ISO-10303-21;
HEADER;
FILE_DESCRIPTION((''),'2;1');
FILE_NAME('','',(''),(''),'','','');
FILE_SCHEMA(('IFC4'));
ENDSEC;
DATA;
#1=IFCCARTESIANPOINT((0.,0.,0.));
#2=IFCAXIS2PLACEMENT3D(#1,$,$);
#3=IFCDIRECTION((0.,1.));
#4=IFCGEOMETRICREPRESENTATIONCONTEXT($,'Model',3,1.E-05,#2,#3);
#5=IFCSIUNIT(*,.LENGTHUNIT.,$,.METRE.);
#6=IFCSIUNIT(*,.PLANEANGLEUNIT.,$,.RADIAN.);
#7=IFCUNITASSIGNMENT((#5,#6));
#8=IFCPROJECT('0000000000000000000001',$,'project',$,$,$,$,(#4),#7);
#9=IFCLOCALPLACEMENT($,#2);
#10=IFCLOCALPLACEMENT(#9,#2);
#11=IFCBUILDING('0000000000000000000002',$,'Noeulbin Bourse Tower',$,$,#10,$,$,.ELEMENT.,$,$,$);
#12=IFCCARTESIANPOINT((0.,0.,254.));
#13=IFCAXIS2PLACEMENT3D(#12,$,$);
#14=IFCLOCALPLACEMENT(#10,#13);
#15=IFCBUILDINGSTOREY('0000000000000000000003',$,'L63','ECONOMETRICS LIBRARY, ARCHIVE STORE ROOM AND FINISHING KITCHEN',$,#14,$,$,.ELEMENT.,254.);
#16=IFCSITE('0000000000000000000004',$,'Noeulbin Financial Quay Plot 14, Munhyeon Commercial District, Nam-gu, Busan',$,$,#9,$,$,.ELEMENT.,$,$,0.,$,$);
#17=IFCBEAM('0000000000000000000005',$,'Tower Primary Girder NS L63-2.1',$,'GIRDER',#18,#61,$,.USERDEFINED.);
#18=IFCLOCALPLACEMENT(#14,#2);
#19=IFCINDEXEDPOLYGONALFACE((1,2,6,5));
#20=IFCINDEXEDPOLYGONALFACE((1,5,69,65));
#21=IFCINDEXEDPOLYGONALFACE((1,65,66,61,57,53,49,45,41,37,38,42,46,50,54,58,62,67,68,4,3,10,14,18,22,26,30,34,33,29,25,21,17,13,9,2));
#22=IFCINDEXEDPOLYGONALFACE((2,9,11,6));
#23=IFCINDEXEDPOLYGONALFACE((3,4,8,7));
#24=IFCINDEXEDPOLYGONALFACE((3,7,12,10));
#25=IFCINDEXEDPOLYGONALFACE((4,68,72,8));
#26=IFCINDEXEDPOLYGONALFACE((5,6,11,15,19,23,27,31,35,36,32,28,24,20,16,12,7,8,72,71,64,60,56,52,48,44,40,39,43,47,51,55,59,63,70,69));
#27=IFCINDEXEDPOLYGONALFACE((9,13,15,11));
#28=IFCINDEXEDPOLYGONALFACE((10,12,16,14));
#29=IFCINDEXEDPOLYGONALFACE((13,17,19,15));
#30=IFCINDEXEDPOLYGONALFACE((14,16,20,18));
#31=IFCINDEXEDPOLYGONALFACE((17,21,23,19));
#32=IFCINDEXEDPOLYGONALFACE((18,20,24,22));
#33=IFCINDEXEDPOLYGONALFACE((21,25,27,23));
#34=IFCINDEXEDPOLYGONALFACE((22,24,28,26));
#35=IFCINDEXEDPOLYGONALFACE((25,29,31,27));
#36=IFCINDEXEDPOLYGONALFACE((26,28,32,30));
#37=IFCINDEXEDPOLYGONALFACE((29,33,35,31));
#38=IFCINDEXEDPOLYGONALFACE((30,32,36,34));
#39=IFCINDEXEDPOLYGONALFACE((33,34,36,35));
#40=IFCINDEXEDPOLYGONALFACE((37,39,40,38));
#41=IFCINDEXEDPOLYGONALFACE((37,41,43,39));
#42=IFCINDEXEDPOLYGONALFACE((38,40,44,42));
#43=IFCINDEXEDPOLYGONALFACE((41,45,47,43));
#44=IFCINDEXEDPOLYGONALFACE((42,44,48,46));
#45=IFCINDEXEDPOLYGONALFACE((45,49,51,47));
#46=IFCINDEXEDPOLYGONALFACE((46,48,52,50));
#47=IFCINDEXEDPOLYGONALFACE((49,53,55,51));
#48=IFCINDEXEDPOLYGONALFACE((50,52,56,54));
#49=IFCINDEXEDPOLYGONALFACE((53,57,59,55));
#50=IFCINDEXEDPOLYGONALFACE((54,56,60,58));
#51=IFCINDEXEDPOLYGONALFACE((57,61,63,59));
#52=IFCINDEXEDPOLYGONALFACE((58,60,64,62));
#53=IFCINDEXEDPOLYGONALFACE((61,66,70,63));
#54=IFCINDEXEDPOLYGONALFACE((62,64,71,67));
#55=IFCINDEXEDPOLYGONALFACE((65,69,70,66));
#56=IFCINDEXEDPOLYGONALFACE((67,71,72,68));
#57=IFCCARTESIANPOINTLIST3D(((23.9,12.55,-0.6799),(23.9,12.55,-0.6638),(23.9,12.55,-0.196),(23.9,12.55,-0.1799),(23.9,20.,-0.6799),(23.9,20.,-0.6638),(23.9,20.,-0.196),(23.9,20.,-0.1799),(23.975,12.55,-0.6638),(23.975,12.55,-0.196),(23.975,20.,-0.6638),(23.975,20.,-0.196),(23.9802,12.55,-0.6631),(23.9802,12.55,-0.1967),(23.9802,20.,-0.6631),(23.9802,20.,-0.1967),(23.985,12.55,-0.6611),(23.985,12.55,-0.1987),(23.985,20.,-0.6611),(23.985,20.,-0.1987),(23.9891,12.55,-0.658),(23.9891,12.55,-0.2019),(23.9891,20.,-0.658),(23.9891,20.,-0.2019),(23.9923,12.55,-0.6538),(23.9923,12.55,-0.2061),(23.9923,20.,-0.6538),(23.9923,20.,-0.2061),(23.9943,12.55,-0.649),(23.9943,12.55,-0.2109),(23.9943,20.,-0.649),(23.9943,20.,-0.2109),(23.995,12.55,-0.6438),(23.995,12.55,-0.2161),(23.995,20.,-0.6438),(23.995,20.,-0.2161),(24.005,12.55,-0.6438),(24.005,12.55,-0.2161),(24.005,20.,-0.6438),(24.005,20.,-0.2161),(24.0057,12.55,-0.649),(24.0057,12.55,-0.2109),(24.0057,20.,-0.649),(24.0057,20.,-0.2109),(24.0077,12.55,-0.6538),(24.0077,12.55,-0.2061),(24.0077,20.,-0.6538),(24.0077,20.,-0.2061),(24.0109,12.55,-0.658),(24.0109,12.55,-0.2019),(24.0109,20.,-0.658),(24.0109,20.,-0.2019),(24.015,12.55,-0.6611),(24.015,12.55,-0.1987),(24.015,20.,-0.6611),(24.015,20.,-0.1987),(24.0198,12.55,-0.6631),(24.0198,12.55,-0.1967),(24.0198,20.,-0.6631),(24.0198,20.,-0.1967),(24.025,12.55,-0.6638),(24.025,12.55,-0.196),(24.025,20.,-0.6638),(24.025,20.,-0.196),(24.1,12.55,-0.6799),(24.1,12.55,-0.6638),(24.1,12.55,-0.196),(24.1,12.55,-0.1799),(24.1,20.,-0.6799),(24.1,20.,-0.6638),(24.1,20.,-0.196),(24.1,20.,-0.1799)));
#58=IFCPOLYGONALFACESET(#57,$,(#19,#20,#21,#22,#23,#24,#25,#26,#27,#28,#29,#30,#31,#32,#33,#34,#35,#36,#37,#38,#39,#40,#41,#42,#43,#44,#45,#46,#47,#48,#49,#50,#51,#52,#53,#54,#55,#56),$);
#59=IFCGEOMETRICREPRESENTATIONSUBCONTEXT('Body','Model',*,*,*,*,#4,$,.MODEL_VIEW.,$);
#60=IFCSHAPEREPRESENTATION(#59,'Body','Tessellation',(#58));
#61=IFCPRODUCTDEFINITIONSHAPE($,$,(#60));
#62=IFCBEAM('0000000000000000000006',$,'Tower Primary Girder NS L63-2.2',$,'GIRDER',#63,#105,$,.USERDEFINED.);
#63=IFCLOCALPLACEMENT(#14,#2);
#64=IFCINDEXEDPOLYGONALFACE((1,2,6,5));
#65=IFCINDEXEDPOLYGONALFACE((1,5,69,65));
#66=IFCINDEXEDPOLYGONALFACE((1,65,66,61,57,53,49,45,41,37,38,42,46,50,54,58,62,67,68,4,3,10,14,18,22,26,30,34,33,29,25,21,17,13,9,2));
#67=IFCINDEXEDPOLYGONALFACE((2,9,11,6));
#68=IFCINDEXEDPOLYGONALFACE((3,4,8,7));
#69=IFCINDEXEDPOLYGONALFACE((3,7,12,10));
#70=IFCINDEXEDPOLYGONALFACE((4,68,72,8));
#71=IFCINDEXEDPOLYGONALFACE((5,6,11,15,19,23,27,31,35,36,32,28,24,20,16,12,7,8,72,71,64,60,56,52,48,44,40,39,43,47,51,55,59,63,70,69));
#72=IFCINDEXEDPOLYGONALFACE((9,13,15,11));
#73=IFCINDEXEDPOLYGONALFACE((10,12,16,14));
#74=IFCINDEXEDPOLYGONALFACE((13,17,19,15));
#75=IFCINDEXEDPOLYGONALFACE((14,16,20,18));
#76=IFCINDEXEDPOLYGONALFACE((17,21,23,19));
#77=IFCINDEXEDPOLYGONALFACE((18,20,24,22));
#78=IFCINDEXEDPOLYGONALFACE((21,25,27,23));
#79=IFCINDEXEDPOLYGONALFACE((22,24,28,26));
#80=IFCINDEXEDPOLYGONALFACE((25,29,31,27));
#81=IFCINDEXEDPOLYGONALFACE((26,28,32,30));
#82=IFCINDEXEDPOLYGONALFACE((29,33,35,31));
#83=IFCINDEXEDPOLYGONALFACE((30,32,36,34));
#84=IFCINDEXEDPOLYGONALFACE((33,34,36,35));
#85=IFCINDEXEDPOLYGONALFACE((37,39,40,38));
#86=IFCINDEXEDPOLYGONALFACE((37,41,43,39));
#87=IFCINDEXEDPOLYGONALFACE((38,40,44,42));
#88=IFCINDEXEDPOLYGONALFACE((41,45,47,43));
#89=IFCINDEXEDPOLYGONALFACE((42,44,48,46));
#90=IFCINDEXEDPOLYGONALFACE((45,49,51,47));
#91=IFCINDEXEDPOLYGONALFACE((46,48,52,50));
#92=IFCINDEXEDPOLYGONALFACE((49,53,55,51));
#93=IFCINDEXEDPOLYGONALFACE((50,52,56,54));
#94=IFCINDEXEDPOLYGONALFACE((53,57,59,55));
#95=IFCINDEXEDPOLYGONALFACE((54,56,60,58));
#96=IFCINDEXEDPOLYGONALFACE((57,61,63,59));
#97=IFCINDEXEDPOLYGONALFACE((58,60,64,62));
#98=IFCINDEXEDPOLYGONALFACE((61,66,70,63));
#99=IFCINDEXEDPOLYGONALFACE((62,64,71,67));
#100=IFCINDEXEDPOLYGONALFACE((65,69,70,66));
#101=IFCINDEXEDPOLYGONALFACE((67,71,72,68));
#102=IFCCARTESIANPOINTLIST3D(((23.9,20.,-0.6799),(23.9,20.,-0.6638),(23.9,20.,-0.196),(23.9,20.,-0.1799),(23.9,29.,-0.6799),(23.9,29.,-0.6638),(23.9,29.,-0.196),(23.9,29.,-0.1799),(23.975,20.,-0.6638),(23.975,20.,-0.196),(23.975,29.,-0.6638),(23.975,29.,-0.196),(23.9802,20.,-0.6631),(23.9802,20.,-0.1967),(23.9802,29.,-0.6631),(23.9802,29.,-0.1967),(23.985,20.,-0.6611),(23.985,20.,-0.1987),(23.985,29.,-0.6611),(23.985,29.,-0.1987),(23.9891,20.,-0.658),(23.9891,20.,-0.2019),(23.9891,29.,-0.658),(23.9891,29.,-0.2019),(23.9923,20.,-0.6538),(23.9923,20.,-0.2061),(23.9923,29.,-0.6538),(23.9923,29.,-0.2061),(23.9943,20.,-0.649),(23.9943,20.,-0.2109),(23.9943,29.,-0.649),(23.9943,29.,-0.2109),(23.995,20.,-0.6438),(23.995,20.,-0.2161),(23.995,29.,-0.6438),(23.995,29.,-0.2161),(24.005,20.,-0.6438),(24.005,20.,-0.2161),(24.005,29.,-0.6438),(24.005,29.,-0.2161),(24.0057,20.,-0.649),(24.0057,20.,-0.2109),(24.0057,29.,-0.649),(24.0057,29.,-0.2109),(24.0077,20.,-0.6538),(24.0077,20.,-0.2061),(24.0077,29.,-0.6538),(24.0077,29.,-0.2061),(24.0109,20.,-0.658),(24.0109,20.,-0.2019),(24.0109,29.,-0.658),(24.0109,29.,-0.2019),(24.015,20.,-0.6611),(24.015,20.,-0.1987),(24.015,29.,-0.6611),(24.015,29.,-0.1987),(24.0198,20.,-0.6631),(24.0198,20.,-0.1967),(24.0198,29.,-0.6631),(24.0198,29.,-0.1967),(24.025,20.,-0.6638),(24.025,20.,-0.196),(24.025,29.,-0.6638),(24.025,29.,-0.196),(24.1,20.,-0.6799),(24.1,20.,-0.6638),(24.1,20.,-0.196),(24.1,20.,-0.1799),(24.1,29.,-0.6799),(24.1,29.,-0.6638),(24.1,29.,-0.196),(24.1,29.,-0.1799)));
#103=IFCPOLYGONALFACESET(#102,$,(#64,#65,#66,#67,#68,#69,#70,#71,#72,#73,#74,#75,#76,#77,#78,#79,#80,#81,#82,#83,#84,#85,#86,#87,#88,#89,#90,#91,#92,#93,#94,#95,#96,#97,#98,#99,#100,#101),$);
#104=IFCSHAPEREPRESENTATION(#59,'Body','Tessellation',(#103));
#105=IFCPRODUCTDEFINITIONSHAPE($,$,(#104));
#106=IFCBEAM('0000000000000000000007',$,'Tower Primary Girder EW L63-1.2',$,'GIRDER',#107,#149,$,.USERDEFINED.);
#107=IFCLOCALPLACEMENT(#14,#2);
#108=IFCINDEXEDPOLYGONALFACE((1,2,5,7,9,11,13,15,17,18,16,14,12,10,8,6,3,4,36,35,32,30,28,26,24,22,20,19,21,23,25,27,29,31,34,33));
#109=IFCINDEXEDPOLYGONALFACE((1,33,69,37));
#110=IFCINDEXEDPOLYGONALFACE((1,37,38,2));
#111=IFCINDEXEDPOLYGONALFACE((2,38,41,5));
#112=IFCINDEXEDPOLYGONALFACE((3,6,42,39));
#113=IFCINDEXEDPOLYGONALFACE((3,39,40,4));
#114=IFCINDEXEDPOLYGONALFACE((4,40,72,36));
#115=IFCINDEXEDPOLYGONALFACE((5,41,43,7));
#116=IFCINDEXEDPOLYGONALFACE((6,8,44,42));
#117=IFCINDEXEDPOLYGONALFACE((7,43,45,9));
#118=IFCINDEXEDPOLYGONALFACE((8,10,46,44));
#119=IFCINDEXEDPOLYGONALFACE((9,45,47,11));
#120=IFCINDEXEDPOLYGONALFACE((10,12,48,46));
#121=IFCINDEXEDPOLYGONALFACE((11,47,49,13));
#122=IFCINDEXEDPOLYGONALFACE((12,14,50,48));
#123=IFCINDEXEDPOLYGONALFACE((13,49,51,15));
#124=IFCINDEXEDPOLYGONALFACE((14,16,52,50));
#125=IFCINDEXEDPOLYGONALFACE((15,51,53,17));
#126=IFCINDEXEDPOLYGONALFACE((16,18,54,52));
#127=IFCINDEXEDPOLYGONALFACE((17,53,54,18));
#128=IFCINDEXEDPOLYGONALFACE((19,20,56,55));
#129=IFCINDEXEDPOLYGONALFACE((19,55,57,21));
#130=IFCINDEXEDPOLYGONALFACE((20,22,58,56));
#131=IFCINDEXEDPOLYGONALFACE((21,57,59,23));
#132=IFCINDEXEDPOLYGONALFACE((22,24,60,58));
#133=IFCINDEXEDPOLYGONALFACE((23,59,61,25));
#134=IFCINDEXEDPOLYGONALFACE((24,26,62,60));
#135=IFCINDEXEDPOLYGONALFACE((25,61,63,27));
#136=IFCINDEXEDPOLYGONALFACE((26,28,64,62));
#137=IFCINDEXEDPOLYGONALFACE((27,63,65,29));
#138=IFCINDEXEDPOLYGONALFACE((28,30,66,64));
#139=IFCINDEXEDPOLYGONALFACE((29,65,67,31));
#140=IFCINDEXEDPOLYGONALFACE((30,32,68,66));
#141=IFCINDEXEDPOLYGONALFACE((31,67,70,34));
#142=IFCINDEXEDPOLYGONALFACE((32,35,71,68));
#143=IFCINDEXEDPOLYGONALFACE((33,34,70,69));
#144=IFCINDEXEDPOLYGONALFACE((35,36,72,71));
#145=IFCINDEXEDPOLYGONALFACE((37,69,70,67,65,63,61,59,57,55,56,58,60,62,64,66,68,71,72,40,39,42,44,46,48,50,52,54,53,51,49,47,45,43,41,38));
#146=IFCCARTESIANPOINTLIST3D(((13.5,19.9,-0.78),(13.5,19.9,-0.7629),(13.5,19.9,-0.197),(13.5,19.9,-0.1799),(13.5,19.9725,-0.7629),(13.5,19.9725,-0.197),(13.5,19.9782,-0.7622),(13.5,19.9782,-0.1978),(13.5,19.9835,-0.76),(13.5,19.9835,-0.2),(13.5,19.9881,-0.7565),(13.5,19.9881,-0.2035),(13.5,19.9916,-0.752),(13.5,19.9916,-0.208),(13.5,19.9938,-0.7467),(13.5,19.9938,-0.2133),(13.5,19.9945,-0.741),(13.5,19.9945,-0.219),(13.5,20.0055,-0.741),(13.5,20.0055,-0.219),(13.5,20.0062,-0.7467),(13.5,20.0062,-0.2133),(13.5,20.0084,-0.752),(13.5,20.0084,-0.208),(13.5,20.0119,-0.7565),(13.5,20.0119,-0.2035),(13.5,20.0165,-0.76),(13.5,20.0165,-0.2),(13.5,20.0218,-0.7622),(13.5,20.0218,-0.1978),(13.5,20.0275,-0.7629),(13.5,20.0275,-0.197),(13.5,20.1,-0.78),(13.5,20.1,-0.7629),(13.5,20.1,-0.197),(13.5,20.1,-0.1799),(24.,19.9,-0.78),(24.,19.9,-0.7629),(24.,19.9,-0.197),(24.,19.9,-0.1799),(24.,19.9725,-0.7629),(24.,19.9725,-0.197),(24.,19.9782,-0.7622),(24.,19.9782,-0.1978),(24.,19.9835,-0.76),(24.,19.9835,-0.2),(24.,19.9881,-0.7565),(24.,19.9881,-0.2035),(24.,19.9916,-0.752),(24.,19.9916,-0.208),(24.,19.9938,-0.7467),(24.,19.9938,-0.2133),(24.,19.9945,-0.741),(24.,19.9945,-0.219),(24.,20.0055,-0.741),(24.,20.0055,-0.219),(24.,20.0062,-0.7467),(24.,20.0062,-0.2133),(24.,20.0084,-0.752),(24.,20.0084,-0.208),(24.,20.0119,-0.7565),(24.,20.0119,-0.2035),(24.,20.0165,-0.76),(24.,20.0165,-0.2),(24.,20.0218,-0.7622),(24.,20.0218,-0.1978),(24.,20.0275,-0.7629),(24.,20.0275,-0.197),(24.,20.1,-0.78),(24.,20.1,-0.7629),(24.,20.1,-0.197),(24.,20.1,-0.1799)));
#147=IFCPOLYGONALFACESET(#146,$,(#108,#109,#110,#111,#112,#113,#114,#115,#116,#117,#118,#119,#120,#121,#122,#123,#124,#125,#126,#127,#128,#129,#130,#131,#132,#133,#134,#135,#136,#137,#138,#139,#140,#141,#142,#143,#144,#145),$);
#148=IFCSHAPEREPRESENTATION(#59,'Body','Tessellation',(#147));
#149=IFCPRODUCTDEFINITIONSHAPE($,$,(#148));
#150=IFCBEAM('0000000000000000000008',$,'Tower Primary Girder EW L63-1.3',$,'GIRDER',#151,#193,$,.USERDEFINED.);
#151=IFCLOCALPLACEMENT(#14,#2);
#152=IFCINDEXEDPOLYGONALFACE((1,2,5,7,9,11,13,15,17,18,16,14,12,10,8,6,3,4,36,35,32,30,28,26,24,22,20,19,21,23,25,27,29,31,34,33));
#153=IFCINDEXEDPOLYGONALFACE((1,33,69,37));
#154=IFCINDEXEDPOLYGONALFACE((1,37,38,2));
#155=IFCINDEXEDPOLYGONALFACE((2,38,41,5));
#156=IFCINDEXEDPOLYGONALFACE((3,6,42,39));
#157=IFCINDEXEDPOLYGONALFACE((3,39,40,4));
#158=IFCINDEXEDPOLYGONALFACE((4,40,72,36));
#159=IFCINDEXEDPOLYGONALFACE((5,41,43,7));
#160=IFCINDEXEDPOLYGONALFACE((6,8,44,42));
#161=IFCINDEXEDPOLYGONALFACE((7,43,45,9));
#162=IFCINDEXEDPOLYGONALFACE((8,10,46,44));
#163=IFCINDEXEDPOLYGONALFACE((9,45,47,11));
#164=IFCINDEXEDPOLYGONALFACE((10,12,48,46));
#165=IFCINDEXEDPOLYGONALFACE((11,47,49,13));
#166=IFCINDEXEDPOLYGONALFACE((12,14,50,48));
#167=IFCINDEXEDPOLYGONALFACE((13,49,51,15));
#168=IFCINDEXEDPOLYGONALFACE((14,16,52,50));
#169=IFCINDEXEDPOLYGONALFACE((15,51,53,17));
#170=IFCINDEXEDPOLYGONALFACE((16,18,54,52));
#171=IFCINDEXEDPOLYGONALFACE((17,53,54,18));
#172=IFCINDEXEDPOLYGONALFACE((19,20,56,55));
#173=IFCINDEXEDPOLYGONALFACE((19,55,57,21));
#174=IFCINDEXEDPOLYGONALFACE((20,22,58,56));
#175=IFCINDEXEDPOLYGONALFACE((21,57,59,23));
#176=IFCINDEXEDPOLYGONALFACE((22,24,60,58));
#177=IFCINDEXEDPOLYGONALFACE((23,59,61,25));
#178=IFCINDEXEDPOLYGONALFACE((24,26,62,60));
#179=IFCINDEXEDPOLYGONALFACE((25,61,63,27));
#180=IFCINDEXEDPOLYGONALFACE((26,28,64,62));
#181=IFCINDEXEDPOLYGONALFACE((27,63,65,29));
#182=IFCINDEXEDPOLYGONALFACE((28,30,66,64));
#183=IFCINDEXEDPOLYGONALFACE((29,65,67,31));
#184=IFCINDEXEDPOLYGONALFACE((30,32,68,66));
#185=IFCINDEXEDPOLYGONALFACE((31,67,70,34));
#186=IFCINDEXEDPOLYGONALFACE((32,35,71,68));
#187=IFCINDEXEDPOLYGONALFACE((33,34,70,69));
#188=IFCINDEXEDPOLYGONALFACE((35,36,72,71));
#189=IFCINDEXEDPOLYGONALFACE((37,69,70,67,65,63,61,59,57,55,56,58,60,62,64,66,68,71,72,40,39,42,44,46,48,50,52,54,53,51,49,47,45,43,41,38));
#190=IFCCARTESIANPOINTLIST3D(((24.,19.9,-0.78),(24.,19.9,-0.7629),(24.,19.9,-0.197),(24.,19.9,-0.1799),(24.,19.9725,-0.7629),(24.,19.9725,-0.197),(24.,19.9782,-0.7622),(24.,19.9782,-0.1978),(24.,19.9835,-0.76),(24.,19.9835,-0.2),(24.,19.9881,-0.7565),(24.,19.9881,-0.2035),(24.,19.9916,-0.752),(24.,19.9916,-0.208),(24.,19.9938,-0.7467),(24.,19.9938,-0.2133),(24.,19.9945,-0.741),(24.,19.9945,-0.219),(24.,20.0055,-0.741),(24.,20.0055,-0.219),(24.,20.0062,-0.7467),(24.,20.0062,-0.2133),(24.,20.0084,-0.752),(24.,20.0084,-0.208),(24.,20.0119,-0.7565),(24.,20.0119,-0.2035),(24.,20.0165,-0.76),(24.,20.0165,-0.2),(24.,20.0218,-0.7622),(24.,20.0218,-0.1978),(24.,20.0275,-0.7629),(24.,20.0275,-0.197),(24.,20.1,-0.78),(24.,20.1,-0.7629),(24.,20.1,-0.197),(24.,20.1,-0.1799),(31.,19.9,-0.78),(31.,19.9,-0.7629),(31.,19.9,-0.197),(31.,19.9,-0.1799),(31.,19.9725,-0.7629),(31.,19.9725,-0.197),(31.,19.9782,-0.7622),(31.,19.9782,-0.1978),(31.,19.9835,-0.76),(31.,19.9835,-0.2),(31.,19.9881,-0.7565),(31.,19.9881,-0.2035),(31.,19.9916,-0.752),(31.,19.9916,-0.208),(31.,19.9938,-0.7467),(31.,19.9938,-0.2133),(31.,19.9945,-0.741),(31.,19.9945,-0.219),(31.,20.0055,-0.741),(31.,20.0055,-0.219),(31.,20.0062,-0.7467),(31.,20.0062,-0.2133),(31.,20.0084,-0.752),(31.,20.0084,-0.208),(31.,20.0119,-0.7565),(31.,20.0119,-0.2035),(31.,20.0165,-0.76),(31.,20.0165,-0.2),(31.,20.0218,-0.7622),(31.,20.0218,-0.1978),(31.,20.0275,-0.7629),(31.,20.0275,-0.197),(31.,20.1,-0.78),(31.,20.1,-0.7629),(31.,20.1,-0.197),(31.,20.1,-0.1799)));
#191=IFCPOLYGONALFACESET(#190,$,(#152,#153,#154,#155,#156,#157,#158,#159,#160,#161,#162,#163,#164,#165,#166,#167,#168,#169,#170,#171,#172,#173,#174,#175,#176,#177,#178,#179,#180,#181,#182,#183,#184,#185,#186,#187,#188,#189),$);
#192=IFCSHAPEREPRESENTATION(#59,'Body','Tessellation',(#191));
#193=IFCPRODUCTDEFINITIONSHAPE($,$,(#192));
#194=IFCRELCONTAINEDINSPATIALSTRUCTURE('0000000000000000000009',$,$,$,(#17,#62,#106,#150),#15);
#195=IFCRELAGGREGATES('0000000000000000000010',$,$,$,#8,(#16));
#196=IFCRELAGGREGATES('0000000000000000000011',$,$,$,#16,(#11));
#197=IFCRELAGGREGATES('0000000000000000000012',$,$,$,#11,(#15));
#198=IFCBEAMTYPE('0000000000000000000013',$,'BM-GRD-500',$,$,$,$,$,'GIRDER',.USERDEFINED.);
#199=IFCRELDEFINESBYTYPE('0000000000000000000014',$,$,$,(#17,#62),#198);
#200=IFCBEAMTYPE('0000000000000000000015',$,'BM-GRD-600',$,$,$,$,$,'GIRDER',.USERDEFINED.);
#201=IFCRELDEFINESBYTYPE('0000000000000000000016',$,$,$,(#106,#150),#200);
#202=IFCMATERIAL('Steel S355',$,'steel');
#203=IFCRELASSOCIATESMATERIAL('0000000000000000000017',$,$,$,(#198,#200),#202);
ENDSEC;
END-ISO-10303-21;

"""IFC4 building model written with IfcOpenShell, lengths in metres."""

from ifc_helpers import new_model, si_unit, direction, frame, origin, origin_2d, place, context, subcontext, project, spatial, i_section, extrude, material, material_profile, profile_set, type_object, element, save


model = new_model("IFC4")

# Units and contexts
model_context = context("Model", 3, precision=1e-05, world=origin(), true_north=direction((0.0, 1.0)))
body_context = subcontext(model_context, "Body", "Model", "MODEL_VIEW")
ifc_project = project(units=[si_unit("LENGTHUNIT", "METRE"), si_unit("PLANEANGLEUNIT", "RADIAN")], contexts=[model_context])

# Site, building, storey
site_placement = place(None, origin())
site = spatial("IfcSite", under=ifc_project, at=site_placement, Name="Noeulbin Financial Quay Plot 14, Munhyeon Commercial District, Nam-gu, Busan", CompositionType="ELEMENT", RefElevation=0.0)
building_placement = place(site_placement, origin())
building = spatial("IfcBuilding", under=site, at=building_placement, Name="Noeulbin Bourse Tower", CompositionType="ELEMENT")
storey_placement = place(building_placement, frame((0.0, 0.0, 254.0)))
storey = spatial("IfcBuildingStorey", under=building, at=storey_placement, Name="L63", Description="ECONOMETRICS LIBRARY, ARCHIVE STORE ROOM AND FINISHING KITCHEN", CompositionType="ELEMENT", Elevation=254.0)

# Shared definitions
ifc_material_1 = material(Name="Steel S355", Category="steel")

# Beams
ifc_material_profile_1 = material_profile(ifc_material_1, i_section(OverallWidth=0.2, OverallDepth=0.5, WebThickness=0.01, FlangeThickness=0.0161, FilletRadius=0.02, at=origin_2d()), Name="H-500x200x10x16", Category="LoadBearing")
ifc_profile_set_1 = profile_set([ifc_material_profile_1], Name="Steel S355")
beam_type_1 = type_object("IfcBeamType", Name="BM-GRD-500", ElementType="GIRDER", PredefinedType="USERDEFINED", material=ifc_profile_set_1)
beam_1_placement = place(storey_placement, frame((24.0, 12.55, -0.4299), z_axis=(0.0, 1.0, 0.0), x_axis=(-1.0, 0.0, 0.0)))
element("IfcBeam", 1, at=beam_1_placement, inside=storey, type_object=beam_type_1, Name="Tower Primary Girder NS L63-2.1", ObjectType="GIRDER", PredefinedType="USERDEFINED", context=body_context, shape_type="SweptSolid", body=[
    extrude(i_section(OverallWidth=0.2, OverallDepth=0.5, WebThickness=0.01, FlangeThickness=0.0161, FilletRadius=0.02, at=origin_2d()), origin(), (0.0, 0.0, 1.0), 7.45),
])
beam_2_placement = place(storey_placement, frame((24.0, 20.0, -0.4299), z_axis=(0.0, 1.0, 0.0), x_axis=(-1.0, 0.0, 0.0)))
element("IfcBeam", 2, at=beam_2_placement, inside=storey, type_object=beam_type_1, Name="Tower Primary Girder NS L63-2.2", ObjectType="GIRDER", PredefinedType="USERDEFINED", context=body_context, shape_type="SweptSolid", body=[
    extrude(i_section(OverallWidth=0.2, OverallDepth=0.5, WebThickness=0.01, FlangeThickness=0.0161, FilletRadius=0.02, at=origin_2d()), origin(), (0.0, 0.0, 1.0), 9.0),
])
ifc_material_profile_2 = material_profile(ifc_material_1, i_section(OverallWidth=0.2, OverallDepth=0.6001, WebThickness=0.011, FlangeThickness=0.0171, FilletRadius=0.022, at=origin_2d()), Name="H-600x200x11x17", Category="LoadBearing")
ifc_profile_set_2 = profile_set([ifc_material_profile_2], Name="Steel S355")
beam_type_2 = type_object("IfcBeamType", Name="BM-GRD-600", ElementType="GIRDER", PredefinedType="USERDEFINED", material=ifc_profile_set_2)
beam_3_placement = place(storey_placement, frame((13.5, 20.0, -0.48), z_axis=(1.0, 0.0, 0.0), x_axis=(0.0, 1.0, 0.0)))
element("IfcBeam", 3, at=beam_3_placement, inside=storey, type_object=beam_type_2, Name="Tower Primary Girder EW L63-1.2", ObjectType="GIRDER", PredefinedType="USERDEFINED", context=body_context, shape_type="SweptSolid", body=[
    extrude(i_section(OverallWidth=0.2, OverallDepth=0.6001, WebThickness=0.011, FlangeThickness=0.0171, FilletRadius=0.022, at=origin_2d()), origin(), (0.0, 0.0, 1.0), 10.5),
])
beam_4_placement = place(storey_placement, frame((24.0, 20.0, -0.48), z_axis=(1.0, 0.0, 0.0), x_axis=(0.0, 1.0, 0.0)))
element("IfcBeam", 4, at=beam_4_placement, inside=storey, type_object=beam_type_2, Name="Tower Primary Girder EW L63-1.3", ObjectType="GIRDER", PredefinedType="USERDEFINED", context=body_context, shape_type="SweptSolid", body=[
    extrude(i_section(OverallWidth=0.2, OverallDepth=0.6001, WebThickness=0.011, FlangeThickness=0.0171, FilletRadius=0.022, at=origin_2d()), origin(), (0.0, 0.0, 1.0), 7.0),
])

save(model, "model.ifc")
